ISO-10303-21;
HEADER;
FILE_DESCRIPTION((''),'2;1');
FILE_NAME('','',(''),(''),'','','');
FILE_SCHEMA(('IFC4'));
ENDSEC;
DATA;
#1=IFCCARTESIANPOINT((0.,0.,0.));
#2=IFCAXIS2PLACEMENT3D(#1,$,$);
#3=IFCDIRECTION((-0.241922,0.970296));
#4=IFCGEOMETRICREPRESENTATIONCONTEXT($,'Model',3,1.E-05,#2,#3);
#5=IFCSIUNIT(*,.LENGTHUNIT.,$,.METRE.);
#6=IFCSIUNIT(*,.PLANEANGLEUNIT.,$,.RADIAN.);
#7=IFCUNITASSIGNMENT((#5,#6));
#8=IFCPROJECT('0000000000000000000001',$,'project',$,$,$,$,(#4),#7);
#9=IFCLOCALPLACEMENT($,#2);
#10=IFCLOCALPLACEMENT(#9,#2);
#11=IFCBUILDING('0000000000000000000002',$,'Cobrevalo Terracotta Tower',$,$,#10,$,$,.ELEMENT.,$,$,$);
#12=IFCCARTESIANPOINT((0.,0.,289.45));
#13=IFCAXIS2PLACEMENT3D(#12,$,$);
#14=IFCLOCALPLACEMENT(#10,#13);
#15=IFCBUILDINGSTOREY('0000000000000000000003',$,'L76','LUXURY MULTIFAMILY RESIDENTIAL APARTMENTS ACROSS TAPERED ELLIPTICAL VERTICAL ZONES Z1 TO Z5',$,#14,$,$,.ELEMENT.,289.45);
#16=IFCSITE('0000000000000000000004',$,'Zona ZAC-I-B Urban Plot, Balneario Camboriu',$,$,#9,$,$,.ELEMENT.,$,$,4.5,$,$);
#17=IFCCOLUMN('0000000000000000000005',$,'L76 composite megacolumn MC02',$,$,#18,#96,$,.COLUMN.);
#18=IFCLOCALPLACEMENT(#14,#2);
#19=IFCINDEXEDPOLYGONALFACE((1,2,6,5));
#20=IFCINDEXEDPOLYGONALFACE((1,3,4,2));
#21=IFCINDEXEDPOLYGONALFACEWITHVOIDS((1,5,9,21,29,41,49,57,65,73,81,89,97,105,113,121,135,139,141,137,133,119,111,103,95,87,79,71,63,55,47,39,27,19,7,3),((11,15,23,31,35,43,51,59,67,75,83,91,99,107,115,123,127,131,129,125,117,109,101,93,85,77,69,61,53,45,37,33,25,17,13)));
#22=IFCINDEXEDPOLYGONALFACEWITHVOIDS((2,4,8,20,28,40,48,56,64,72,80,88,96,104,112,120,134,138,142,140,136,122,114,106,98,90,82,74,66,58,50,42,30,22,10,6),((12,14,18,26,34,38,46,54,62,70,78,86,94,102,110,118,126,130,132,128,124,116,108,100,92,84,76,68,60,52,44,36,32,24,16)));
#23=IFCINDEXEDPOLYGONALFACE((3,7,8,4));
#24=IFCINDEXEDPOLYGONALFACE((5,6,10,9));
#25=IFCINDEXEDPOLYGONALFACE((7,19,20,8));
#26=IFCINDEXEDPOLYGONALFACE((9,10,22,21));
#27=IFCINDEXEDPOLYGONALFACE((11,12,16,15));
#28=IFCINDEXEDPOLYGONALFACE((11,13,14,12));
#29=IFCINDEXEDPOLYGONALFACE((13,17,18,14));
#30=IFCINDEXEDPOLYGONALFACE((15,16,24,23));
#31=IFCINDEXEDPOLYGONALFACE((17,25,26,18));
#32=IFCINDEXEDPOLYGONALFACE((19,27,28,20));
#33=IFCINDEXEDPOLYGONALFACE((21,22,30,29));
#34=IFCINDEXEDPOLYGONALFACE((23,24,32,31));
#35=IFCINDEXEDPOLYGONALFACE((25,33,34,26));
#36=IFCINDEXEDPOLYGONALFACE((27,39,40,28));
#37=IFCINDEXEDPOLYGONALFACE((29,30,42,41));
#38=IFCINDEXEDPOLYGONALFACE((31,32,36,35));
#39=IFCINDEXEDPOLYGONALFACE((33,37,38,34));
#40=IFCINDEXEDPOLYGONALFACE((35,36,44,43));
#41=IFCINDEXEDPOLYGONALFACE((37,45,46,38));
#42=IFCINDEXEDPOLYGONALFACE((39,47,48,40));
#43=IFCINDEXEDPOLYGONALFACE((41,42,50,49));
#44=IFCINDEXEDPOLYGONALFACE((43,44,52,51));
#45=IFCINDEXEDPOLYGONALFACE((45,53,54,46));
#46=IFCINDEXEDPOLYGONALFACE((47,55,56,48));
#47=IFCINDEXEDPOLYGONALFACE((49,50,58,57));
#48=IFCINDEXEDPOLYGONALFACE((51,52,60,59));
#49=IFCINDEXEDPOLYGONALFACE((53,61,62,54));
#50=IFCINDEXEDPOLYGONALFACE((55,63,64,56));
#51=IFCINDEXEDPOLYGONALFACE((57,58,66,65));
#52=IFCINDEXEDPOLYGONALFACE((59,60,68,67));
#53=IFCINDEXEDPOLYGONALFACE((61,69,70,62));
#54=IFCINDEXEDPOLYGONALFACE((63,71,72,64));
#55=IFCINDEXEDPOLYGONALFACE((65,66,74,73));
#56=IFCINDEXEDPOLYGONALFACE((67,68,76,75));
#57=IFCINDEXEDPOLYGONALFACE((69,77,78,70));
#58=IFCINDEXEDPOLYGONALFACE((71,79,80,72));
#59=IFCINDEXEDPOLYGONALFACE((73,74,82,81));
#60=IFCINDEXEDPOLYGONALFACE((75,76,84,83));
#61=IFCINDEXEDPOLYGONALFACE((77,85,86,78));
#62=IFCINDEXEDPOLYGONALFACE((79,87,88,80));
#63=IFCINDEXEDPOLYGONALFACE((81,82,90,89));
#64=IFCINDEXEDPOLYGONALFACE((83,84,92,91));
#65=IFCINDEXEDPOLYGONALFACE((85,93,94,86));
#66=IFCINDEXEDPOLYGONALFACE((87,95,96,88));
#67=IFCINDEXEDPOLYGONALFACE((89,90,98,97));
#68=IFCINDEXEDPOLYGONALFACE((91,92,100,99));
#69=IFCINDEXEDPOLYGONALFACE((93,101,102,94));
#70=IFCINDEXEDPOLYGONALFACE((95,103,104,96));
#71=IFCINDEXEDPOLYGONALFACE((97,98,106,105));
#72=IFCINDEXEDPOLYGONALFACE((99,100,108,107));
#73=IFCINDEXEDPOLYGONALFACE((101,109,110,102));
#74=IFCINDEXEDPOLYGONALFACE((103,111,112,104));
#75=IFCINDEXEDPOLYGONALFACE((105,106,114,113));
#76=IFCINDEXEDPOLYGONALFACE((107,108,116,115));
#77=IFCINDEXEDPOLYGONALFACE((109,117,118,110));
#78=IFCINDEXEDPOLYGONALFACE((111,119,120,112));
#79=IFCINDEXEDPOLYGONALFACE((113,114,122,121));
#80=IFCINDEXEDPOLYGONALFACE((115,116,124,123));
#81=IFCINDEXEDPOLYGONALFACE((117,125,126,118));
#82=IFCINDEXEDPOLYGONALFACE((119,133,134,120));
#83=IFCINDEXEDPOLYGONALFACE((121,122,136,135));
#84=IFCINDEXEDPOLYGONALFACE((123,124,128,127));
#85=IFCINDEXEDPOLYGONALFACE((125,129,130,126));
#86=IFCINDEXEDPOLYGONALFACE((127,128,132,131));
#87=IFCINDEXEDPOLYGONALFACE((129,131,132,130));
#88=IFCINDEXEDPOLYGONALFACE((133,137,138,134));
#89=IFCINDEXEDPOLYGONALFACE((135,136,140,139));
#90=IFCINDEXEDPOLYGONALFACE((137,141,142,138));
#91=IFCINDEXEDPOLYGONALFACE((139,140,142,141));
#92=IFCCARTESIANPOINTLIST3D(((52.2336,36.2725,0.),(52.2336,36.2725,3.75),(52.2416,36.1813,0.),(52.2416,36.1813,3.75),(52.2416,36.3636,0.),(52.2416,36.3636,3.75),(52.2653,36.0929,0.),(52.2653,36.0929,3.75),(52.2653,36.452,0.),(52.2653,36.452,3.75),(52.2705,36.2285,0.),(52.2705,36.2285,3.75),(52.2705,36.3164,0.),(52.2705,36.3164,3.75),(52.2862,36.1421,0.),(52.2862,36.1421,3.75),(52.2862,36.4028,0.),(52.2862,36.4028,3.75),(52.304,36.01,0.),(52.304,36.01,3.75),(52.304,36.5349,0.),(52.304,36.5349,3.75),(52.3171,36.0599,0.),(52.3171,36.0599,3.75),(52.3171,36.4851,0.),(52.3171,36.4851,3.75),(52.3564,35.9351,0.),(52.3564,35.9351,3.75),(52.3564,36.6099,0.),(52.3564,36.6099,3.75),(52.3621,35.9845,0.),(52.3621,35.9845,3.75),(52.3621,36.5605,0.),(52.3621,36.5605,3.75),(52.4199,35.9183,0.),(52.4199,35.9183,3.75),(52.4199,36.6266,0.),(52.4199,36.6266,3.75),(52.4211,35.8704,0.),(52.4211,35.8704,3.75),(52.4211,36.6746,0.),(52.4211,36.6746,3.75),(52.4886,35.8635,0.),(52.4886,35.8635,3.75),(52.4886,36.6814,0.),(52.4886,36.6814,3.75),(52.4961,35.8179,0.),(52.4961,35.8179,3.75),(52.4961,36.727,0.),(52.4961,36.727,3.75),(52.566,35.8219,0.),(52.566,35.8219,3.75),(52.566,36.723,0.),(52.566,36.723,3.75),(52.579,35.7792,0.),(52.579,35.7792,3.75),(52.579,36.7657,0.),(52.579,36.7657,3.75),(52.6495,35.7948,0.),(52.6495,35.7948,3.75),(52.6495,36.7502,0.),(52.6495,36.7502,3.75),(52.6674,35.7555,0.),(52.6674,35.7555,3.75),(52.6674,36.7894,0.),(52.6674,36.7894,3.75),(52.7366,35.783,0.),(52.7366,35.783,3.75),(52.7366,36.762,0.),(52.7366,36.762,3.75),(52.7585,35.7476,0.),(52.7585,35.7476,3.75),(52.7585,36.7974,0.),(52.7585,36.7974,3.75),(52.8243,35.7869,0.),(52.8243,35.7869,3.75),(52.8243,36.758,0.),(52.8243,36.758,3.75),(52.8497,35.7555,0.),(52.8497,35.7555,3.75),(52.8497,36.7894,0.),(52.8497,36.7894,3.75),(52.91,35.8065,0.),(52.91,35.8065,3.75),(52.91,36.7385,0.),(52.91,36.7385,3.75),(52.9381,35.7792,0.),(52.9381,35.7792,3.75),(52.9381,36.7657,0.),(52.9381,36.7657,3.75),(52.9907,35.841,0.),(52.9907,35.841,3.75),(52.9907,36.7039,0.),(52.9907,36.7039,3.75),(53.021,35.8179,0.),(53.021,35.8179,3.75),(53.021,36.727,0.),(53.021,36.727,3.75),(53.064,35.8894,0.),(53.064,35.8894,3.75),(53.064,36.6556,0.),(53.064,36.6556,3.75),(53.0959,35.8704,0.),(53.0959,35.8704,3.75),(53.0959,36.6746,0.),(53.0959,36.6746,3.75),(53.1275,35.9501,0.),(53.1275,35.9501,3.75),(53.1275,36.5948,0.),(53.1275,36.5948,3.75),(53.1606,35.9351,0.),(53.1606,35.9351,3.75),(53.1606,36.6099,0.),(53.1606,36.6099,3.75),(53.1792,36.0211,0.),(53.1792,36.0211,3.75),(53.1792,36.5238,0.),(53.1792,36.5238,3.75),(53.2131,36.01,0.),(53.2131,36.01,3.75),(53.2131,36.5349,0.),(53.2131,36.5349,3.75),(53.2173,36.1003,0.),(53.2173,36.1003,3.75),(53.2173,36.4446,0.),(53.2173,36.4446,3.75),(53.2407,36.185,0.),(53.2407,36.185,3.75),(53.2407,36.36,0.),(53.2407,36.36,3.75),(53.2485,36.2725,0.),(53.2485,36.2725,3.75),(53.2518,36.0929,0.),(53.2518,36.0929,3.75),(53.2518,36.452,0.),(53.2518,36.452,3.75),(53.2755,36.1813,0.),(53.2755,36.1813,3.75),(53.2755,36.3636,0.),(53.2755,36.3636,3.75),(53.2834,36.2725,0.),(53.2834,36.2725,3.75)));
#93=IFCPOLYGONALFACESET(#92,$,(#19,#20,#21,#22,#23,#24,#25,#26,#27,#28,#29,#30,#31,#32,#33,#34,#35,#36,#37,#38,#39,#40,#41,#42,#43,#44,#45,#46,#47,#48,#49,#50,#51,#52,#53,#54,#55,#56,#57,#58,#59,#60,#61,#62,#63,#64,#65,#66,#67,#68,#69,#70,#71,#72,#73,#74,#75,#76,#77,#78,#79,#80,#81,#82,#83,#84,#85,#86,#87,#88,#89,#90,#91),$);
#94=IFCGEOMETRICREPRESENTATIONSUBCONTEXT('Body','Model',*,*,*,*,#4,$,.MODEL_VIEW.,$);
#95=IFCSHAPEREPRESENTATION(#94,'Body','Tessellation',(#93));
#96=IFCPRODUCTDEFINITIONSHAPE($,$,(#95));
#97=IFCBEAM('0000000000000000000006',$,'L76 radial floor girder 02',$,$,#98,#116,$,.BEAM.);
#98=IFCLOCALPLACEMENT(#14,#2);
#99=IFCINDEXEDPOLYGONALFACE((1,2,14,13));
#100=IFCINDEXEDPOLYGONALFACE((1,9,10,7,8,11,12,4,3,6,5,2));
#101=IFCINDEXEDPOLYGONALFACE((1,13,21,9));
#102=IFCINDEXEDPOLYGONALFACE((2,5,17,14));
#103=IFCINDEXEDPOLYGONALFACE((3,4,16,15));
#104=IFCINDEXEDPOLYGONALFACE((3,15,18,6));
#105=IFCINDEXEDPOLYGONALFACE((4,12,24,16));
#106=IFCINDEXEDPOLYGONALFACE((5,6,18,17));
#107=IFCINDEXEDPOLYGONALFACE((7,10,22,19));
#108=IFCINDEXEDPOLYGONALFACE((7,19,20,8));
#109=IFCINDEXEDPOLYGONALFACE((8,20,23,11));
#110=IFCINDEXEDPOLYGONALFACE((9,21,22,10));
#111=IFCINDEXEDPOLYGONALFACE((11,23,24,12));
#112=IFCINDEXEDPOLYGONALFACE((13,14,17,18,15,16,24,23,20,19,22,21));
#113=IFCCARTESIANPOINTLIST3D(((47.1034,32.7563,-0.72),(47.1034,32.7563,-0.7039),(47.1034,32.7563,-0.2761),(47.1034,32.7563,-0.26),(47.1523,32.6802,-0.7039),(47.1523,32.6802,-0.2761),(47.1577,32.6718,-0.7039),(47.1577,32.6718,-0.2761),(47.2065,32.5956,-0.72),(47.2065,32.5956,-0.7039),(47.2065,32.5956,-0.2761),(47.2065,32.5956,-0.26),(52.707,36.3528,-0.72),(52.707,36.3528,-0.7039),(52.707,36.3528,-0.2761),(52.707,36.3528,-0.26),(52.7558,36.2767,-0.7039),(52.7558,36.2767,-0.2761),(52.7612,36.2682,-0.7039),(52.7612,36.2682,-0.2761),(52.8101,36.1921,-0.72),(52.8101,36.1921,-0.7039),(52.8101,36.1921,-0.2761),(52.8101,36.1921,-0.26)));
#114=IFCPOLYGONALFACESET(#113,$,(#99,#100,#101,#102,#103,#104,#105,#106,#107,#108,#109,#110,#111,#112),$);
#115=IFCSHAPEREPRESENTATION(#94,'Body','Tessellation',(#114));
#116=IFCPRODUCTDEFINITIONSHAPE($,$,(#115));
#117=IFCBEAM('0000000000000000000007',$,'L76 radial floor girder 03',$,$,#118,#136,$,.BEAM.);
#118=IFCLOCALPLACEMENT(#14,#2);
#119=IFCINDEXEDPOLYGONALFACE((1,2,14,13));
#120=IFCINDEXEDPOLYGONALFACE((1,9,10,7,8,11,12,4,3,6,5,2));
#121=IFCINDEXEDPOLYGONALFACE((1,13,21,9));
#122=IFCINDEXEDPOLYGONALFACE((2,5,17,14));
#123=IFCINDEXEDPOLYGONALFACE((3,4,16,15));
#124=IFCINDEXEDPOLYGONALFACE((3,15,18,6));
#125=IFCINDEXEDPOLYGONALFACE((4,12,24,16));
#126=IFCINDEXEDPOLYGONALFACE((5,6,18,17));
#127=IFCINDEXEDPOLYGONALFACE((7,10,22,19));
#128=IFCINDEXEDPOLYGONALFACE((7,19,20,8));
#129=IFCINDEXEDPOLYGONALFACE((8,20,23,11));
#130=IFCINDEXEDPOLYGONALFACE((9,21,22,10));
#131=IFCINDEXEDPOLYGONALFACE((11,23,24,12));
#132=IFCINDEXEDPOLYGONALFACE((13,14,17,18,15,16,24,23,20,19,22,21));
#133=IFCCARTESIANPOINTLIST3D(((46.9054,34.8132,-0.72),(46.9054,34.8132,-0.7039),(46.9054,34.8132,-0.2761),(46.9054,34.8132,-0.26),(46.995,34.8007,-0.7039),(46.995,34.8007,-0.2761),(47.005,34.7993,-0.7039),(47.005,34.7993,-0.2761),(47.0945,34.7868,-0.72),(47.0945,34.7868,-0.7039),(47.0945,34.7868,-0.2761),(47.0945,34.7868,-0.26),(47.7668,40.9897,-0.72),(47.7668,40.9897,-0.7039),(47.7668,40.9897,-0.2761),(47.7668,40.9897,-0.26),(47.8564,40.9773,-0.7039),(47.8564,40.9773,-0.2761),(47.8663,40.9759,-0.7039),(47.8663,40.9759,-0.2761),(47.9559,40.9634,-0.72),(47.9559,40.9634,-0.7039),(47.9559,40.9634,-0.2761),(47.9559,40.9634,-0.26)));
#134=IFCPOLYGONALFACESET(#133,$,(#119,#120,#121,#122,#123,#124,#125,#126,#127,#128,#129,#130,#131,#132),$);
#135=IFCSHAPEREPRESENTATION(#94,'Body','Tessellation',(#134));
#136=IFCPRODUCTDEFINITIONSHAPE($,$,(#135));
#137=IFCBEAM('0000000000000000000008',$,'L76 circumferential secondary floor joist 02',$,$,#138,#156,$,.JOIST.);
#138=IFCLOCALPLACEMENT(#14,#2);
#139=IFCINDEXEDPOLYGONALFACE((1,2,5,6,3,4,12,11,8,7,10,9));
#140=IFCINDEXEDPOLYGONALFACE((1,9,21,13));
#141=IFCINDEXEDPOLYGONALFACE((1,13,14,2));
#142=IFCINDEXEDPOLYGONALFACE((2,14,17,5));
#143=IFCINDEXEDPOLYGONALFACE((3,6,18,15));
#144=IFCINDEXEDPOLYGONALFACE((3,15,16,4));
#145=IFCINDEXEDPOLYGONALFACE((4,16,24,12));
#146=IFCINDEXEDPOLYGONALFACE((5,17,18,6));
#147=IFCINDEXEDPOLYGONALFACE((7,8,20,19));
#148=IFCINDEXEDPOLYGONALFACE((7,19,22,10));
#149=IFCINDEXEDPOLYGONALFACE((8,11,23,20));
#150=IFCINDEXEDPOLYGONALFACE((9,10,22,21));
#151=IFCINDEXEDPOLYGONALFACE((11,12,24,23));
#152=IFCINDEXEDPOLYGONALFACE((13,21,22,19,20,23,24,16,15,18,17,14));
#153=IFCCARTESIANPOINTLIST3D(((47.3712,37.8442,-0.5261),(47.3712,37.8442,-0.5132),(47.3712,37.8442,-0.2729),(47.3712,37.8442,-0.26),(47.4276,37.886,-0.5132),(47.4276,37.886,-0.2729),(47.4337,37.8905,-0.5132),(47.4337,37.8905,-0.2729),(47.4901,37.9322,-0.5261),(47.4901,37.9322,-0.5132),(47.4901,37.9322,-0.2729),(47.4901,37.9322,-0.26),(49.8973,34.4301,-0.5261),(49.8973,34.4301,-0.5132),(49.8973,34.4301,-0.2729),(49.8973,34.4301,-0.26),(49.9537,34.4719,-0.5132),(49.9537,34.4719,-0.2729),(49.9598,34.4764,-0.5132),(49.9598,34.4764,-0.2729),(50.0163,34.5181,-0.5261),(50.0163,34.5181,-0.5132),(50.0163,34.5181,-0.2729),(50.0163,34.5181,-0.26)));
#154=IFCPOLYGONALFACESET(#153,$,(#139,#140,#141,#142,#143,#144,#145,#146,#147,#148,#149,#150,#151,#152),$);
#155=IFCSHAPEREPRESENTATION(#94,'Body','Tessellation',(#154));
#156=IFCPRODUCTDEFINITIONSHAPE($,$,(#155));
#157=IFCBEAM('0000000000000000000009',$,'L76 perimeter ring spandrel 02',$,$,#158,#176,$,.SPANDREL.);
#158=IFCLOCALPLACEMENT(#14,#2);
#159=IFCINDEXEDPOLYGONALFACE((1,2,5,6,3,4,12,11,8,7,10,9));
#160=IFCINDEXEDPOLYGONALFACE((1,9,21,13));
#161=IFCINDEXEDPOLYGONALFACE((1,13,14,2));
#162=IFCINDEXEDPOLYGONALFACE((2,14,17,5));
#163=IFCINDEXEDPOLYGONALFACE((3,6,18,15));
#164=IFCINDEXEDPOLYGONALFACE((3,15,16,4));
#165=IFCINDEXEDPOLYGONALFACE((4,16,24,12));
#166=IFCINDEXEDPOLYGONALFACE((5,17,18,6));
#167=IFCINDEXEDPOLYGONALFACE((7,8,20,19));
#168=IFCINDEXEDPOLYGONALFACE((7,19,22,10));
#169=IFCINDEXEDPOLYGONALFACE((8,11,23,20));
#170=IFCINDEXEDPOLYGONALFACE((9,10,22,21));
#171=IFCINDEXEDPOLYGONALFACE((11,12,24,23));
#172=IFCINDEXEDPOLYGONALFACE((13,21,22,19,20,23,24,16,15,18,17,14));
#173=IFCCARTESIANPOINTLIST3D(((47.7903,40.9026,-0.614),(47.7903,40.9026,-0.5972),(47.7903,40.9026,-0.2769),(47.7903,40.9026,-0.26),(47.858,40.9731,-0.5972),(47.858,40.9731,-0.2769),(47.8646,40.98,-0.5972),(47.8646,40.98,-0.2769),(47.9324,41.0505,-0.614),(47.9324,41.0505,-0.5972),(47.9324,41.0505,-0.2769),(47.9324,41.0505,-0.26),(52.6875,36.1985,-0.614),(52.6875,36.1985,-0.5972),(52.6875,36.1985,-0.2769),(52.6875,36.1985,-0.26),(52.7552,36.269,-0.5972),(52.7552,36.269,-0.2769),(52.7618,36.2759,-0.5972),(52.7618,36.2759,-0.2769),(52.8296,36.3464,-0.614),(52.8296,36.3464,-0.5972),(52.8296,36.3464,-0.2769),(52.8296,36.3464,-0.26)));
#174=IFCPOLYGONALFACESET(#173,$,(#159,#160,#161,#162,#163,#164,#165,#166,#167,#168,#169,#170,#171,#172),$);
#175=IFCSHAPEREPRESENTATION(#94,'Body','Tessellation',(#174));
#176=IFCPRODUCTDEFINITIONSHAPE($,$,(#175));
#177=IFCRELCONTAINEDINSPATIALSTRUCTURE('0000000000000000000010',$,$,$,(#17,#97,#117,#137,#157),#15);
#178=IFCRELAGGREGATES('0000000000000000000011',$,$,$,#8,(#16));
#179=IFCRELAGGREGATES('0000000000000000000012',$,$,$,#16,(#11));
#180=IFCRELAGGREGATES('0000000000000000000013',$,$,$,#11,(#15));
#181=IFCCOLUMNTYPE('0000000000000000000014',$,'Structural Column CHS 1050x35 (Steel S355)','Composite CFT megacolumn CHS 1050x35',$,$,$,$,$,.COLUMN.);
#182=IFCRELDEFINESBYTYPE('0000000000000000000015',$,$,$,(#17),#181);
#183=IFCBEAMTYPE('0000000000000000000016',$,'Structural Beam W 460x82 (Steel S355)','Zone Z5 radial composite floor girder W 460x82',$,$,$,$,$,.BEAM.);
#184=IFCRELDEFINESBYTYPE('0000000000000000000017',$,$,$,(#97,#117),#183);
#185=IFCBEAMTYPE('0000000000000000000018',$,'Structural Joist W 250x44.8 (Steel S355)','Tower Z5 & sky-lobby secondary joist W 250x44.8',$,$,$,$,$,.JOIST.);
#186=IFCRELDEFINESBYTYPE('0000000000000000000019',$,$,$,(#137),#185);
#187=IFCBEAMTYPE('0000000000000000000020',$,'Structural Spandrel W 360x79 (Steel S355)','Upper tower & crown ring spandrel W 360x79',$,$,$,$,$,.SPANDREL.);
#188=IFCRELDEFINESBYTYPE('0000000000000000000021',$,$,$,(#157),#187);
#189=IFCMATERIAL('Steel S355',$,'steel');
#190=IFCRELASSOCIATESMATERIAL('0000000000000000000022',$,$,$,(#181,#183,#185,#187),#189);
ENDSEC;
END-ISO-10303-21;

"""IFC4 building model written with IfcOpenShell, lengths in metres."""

from ifc_helpers import new_model, si_unit, direction, frame, origin, origin_2d, place, context, subcontext, project, spatial, hollow_circle, i_section, extrude, material, material_profile, profile_set, type_object, element, save


model = new_model("IFC4")

# Units and contexts
model_context = context("Model", 3, precision=1e-05, world=origin(), true_north=direction((-0.241922, 0.970296)))
body_context = subcontext(model_context, "Body", "Model", "MODEL_VIEW")
ifc_project = project(units=[si_unit("LENGTHUNIT", "METRE"), si_unit("PLANEANGLEUNIT", "RADIAN")], contexts=[model_context])

# Site, building, storey
site_placement = place(None, origin())
site = spatial("IfcSite", under=ifc_project, at=site_placement, Name="Zona ZAC-I-B Urban Plot, Balneario Camboriu", CompositionType="ELEMENT", RefElevation=4.5)
building_placement = place(site_placement, origin())
building = spatial("IfcBuilding", under=site, at=building_placement, Name="Cobrevalo Terracotta Tower", CompositionType="ELEMENT")
storey_placement = place(building_placement, frame((0.0, 0.0, 289.45)))
storey = spatial("IfcBuildingStorey", under=building, at=storey_placement, Name="L76", Description="LUXURY MULTIFAMILY RESIDENTIAL APARTMENTS ACROSS TAPERED ELLIPTICAL VERTICAL ZONES Z1 TO Z5", CompositionType="ELEMENT", Elevation=289.45)

# Column
ifc_material_1 = material(Name="Steel S355", Category="steel")
ifc_material_profile_1 = material_profile(ifc_material_1, hollow_circle(Radius=0.5249, WallThickness=0.0349, at=origin_2d()), Name="CHS 1050x35")
ifc_profile_set_1 = profile_set([ifc_material_profile_1], Name="Steel S355")
column_type = type_object("IfcColumnType", Name="Structural Column CHS 1050x35 (Steel S355)", Description="Composite CFT megacolumn CHS 1050x35", PredefinedType="COLUMN", material=ifc_profile_set_1)
column_placement = place(storey_placement, frame((52.7585, 36.2725, 0.0), z_axis=(0.0, 0.0, 1.0), x_axis=(1.0, 0.0, 0.0)))
element("IfcColumn", 1, at=column_placement, inside=storey, type_object=column_type, Name="L76 composite megacolumn MC02", PredefinedType="COLUMN", context=body_context, shape_type="SweptSolid", body=[
    extrude(hollow_circle(Radius=0.5249, WallThickness=0.0349, at=origin_2d()), origin(), (0.0, 0.0, 1.0), 3.75),
])

# Beams
ifc_material_profile_2 = material_profile(ifc_material_1, i_section(OverallWidth=0.1909, OverallDepth=0.46, WebThickness=0.01, FlangeThickness=0.0161, at=origin_2d()), Name="W 460x82")
ifc_profile_set_2 = profile_set([ifc_material_profile_2], Name="Steel S355")
beam_type_1 = type_object("IfcBeamType", Name="Structural Beam W 460x82 (Steel S355)", Description="Zone Z5 radial composite floor girder W 460x82", PredefinedType="BEAM", material=ifc_profile_set_2)
beam_1_placement = place(storey_placement, frame((52.7585, 36.2725, -0.49), z_axis=(-0.841576, -0.540138, 0.0), x_axis=(0.540138, -0.841576, 0.0)))
element("IfcBeam", 2, at=beam_1_placement, inside=storey, type_object=beam_type_1, Name="L76 radial floor girder 02", PredefinedType="BEAM", context=body_context, shape_type="SweptSolid", body=[
    extrude(i_section(OverallWidth=0.1909, OverallDepth=0.46, WebThickness=0.01, FlangeThickness=0.0161, at=origin_2d()), origin(), (0.0, 0.0, 1.0), 6.6584),
])
beam_2_placement = place(storey_placement, frame((47.8613, 40.9766, -0.49), z_axis=(-0.138116, -0.990416, 0.0), x_axis=(0.990416, -0.138116, 0.0)))
element("IfcBeam", 3, at=beam_2_placement, inside=storey, type_object=beam_type_1, Name="L76 radial floor girder 03", PredefinedType="BEAM", context=body_context, shape_type="SweptSolid", body=[
    extrude(i_section(OverallWidth=0.1909, OverallDepth=0.46, WebThickness=0.01, FlangeThickness=0.0161, at=origin_2d()), origin(), (0.0, 0.0, 1.0), 6.2363),
])
ifc_material_profile_3 = material_profile(ifc_material_1, i_section(OverallWidth=0.1479, OverallDepth=0.2661, WebThickness=0.0076, FlangeThickness=0.0129, at=origin_2d()), Name="W 250x44.8")
ifc_profile_set_3 = profile_set([ifc_material_profile_3], Name="Steel S355")
beam_type_2 = type_object("IfcBeamType", Name="Structural Joist W 250x44.8 (Steel S355)", Description="Tower Z5 & sky-lobby secondary joist W 250x44.8", PredefinedType="JOIST", material=ifc_profile_set_3)
beam_3_placement = place(storey_placement, frame((49.9568, 34.4741, -0.3931), z_axis=(-0.5948, 0.803874, 0.0), x_axis=(-0.803874, -0.5948, 0.0)))
element("IfcBeam", 4, at=beam_3_placement, inside=storey, type_object=beam_type_2, Name="L76 circumferential secondary floor joist 02", PredefinedType="JOIST", context=body_context, shape_type="SweptSolid", body=[
    extrude(i_section(OverallWidth=0.1479, OverallDepth=0.2661, WebThickness=0.0076, FlangeThickness=0.0129, at=origin_2d()), origin(), (0.0, 0.0, 1.0), 4.2471),
])
ifc_material_profile_4 = material_profile(ifc_material_1, i_section(OverallWidth=0.2051, OverallDepth=0.354, WebThickness=0.0095, FlangeThickness=0.0168, at=origin_2d()), Name="W 360x79")
ifc_profile_set_4 = profile_set([ifc_material_profile_4], Name="Steel S355")
beam_type_3 = type_object("IfcBeamType", Name="Structural Spandrel W 360x79 (Steel S355)", Description="Upper tower & crown ring spandrel W 360x79", PredefinedType="SPANDREL", material=ifc_profile_set_4)
beam_4_placement = place(storey_placement, frame((52.7585, 36.2725, -0.437), z_axis=(-0.721183, 0.692744, 0.0), x_axis=(-0.692744, -0.721183, 0.0)))
element("IfcBeam", 5, at=beam_4_placement, inside=storey, type_object=beam_type_3, Name="L76 perimeter ring spandrel 02", PredefinedType="SPANDREL", context=body_context, shape_type="SweptSolid", body=[
    extrude(i_section(OverallWidth=0.2051, OverallDepth=0.354, WebThickness=0.0095, FlangeThickness=0.0168, at=origin_2d()), origin(), (0.0, 0.0, 1.0), 6.7905),
])

save(model, "model.ifc")
